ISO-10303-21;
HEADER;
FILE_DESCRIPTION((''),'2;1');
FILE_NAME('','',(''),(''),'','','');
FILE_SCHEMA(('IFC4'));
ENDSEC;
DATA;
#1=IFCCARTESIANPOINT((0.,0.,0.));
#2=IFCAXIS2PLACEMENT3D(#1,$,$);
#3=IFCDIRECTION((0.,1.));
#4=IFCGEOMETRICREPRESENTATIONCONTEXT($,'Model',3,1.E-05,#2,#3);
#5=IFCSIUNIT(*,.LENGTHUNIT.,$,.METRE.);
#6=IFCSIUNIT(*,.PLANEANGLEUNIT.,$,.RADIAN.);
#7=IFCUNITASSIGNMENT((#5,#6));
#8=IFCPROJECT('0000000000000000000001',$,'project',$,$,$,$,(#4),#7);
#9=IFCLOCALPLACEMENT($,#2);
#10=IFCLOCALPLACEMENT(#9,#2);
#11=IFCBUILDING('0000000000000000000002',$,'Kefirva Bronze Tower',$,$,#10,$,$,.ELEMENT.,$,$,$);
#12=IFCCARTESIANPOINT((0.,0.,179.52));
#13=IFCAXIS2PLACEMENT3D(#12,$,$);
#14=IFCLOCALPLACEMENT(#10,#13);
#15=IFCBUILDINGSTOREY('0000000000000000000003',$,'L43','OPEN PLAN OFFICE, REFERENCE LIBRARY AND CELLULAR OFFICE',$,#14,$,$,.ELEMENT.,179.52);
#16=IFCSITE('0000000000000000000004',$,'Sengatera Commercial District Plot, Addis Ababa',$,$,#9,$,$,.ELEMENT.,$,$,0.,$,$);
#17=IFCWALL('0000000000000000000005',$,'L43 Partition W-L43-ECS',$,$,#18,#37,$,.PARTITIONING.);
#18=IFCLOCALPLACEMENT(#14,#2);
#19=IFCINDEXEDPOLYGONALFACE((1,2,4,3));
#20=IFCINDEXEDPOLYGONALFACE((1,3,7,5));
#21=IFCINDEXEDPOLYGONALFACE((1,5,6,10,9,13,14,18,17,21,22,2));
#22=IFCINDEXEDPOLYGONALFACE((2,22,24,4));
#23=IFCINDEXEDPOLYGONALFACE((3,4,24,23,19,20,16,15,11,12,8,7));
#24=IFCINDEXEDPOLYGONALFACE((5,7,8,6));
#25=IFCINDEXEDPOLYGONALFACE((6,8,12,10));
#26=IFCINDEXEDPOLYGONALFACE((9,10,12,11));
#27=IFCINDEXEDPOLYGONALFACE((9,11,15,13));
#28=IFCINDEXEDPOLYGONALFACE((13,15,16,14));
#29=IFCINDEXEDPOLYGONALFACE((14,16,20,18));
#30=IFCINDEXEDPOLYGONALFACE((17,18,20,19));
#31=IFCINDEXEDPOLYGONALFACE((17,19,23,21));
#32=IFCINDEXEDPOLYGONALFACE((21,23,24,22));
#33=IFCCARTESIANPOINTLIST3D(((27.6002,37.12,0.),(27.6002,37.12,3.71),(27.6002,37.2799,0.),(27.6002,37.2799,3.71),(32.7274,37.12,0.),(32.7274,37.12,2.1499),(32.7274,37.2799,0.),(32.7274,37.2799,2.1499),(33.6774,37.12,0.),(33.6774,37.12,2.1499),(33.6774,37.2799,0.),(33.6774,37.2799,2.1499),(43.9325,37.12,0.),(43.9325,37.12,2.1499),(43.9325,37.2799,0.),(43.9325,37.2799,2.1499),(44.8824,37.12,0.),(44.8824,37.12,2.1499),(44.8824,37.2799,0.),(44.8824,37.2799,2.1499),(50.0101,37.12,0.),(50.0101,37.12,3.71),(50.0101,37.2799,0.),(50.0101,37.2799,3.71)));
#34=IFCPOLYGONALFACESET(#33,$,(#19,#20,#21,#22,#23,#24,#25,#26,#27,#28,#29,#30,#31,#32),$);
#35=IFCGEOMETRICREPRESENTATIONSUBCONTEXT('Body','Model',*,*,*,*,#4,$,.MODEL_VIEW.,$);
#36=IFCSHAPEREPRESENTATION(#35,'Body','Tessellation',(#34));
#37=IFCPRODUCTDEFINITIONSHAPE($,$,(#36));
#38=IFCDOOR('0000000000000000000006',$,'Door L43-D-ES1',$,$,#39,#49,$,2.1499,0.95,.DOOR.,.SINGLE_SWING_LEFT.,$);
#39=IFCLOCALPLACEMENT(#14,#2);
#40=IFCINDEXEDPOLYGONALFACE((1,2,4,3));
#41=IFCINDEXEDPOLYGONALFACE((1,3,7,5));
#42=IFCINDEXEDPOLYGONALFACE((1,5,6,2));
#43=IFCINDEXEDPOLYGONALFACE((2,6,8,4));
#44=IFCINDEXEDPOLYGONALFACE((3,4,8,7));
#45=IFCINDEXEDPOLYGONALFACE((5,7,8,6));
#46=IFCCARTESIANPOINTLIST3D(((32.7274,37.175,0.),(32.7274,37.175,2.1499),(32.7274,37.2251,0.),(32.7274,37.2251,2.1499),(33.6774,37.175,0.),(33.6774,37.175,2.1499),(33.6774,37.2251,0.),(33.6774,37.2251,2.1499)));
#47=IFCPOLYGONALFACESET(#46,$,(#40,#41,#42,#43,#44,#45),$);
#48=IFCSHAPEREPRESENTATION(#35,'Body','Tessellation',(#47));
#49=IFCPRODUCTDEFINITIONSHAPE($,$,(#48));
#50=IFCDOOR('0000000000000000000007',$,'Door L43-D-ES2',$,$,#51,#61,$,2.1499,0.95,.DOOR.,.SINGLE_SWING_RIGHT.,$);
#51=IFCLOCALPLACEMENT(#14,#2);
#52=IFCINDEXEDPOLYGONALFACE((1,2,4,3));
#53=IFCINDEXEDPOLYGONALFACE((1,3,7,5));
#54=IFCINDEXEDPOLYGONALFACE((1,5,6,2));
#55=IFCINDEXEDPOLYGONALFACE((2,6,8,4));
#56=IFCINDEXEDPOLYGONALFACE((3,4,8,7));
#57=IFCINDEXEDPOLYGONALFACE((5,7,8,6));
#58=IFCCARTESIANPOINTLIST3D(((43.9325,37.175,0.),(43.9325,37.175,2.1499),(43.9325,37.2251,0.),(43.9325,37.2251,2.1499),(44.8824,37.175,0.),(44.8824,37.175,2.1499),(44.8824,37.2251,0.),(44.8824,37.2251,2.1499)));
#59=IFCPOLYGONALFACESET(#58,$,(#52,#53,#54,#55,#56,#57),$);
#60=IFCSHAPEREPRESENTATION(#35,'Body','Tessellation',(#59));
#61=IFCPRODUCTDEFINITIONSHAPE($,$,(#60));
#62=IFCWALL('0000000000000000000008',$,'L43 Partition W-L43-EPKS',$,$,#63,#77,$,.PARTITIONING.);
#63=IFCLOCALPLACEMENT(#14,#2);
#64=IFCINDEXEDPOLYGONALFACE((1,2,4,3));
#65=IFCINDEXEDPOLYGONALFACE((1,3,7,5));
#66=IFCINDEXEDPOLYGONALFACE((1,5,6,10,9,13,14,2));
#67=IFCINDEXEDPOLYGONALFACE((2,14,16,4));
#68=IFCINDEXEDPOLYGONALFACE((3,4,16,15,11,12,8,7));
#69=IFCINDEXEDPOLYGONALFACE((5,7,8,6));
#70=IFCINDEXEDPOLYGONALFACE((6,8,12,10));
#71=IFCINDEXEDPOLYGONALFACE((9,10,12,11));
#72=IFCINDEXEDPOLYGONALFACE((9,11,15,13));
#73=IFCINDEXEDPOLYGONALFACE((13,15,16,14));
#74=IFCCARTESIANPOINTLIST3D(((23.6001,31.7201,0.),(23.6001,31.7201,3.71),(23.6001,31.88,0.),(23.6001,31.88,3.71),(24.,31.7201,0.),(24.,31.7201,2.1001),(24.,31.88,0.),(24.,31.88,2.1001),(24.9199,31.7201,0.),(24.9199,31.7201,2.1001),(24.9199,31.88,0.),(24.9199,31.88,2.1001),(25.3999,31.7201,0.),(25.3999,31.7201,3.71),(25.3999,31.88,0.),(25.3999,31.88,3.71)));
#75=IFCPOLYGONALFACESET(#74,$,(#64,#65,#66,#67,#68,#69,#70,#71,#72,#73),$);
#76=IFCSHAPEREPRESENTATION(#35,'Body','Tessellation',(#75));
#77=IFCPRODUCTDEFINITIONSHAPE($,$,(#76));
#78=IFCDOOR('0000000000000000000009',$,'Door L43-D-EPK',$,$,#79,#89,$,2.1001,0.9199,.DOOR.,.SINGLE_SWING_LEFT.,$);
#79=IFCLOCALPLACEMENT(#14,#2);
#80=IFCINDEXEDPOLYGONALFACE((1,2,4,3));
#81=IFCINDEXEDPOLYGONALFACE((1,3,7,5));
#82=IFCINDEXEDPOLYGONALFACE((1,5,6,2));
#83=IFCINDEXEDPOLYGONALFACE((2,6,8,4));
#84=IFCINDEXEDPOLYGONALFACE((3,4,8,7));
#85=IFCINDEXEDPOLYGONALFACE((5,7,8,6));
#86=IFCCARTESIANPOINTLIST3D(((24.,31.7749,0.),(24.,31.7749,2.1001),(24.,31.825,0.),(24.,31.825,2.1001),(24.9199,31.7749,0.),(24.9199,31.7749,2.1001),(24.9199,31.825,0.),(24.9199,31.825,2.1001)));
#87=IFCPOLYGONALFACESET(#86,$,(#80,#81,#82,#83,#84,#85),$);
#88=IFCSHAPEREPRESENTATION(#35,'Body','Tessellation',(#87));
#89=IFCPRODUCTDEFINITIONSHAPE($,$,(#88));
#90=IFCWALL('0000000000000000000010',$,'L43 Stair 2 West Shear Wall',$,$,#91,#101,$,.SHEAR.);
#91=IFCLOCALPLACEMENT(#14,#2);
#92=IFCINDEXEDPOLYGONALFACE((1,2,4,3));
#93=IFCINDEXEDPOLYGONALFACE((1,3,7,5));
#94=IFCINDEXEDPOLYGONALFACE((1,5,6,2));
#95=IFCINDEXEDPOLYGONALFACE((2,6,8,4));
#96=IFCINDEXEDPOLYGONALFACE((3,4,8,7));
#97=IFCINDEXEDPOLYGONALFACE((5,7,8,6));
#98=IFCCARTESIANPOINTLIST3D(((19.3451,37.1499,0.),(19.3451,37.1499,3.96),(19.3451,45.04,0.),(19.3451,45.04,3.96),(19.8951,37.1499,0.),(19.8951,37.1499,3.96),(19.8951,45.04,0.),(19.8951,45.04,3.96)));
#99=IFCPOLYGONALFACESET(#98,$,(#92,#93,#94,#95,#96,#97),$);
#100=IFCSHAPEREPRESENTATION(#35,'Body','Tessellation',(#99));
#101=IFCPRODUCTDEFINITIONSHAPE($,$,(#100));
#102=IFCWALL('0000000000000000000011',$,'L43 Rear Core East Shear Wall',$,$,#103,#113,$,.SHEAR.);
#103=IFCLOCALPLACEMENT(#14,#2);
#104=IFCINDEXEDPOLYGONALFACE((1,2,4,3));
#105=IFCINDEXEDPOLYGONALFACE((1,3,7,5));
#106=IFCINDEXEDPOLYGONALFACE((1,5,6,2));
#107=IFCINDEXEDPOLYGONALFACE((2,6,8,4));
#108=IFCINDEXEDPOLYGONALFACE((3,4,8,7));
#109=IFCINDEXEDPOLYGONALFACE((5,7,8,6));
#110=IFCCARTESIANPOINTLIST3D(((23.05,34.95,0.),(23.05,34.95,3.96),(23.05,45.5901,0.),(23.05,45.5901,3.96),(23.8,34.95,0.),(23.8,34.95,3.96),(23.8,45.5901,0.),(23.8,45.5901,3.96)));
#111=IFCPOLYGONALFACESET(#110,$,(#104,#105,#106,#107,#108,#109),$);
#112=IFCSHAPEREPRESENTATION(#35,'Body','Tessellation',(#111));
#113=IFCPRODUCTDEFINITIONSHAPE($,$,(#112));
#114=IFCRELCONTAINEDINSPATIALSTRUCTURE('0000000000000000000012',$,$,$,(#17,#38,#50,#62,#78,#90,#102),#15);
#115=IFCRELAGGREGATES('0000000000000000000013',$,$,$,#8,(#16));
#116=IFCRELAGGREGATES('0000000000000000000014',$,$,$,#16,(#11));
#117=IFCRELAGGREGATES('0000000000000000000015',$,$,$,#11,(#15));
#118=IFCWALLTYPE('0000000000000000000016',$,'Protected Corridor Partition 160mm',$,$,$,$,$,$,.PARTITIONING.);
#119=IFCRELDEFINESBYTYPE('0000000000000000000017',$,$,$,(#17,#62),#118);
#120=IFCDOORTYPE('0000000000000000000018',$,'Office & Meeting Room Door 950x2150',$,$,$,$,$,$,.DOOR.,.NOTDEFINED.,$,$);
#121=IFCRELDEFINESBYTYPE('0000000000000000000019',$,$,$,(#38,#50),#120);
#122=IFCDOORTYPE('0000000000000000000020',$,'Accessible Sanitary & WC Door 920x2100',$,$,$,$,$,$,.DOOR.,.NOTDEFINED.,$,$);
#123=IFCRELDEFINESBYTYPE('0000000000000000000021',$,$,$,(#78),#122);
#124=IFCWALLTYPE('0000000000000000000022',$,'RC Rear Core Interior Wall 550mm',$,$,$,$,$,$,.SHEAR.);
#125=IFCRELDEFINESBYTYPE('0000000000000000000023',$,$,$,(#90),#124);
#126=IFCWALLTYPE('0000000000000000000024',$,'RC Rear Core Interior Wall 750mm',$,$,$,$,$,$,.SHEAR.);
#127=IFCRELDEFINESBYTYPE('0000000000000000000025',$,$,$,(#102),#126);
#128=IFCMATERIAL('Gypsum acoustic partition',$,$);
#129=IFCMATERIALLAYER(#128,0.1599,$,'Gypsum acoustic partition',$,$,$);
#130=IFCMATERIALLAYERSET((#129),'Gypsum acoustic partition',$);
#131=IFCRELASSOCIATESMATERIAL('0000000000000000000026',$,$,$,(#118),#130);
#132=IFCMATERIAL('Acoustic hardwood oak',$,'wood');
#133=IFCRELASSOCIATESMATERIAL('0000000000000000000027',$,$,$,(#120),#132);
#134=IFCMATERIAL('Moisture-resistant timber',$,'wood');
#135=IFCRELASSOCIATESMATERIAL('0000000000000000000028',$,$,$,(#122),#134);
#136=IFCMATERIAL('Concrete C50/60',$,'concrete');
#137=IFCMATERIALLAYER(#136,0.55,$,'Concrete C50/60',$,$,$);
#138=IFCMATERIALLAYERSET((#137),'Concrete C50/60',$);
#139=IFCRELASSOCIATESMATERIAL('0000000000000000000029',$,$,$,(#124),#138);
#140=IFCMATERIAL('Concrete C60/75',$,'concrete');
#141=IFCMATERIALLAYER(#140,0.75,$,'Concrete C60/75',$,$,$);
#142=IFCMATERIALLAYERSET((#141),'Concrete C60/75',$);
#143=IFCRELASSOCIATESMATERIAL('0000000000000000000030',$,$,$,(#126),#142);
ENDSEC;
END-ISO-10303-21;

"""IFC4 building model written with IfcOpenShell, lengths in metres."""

from ifc_helpers import new_model, si_unit, direction, frame, frame_2d, origin, place, context, subcontext, project, spatial, rectangle, extrude, material, layer, layer_set, type_object, element, fill, save


model = new_model("IFC4")

# Units and contexts
model_context = context("Model", 3, precision=1e-05, world=origin(), true_north=direction((0.0, 1.0)))
body_context = subcontext(model_context, "Body", "Model", "MODEL_VIEW")
ifc_project = project(units=[si_unit("LENGTHUNIT", "METRE"), si_unit("PLANEANGLEUNIT", "RADIAN")], contexts=[model_context])

# Site, building, storey
site_placement = place(None, origin())
site = spatial("IfcSite", under=ifc_project, at=site_placement, Name="Sengatera Commercial District Plot, Addis Ababa", CompositionType="ELEMENT", RefElevation=0.0)
building_placement = place(site_placement, origin())
building = spatial("IfcBuilding", under=site, at=building_placement, Name="Kefirva Bronze Tower", CompositionType="ELEMENT")
storey_placement = place(building_placement, frame((0.0, 0.0, 179.52)))
storey = spatial("IfcBuildingStorey", under=building, at=storey_placement, Name="L43", Description="OPEN PLAN OFFICE, REFERENCE LIBRARY AND CELLULAR OFFICE", CompositionType="ELEMENT", Elevation=179.52)

# Shared definitions
ifc_material_1 = material(Name="Concrete C60/75", Category="concrete")

# Shared definitions
ifc_material_2 = material(Name="Gypsum acoustic partition")
ifc_layer_1 = layer(ifc_material_2, 0.1599, Name="Gypsum acoustic partition")
ifc_layer_set_1 = layer_set([ifc_layer_1], Name="Gypsum acoustic partition")
wall_type_1 = type_object("IfcWallType", Name="Protected Corridor Partition 160mm", PredefinedType="PARTITIONING", material=ifc_layer_set_1)

# Wall, openings, doors
wall_1_placement = place(storey_placement, frame((27.6001, 37.2, 0.0), z_axis=(0.0, 0.0, 1.0), x_axis=(1.0, 0.0, 0.0)))
wall_1 = element("IfcWall", 1, at=wall_1_placement, inside=storey, type_object=wall_type_1, Name="L43 Partition W-L43-ECS", PredefinedType="PARTITIONING", context=body_context, shape_type="SweptSolid", body=[
    extrude(rectangle(XDim=22.4099, YDim=0.1599, at=frame_2d((11.2051, 0.0))), origin(), (0.0, 0.0, 1.0), 3.71),
])
opening_1_placement = place(wall_1_placement, frame((6.0774, 0.0, 0.0), z_axis=(0.0, 0.0, 1.0), x_axis=(-1.0, 0.0, 0.0)))
opening_1 = element("IfcOpeningElement", 2, at=opening_1_placement, cuts=wall_1, PredefinedType="OPENING", context=body_context, shape_type="SweptSolid", body=[
    extrude(rectangle(XDim=0.95, YDim=2.1499, at=frame_2d((0.4751, 1.075))), frame((0.0, 0.0898, 0.0), z_axis=(0.0, -1.0, 0.0), x_axis=(1.0, 0.0, 0.0)), (0.0, 0.0, 1.0), 0.1799),
])
opening_2_placement = place(wall_1_placement, frame((17.2825, 0.0, 0.0), z_axis=(0.0, 0.0, 1.0), x_axis=(-1.0, 0.0, 0.0)))
opening_2 = element("IfcOpeningElement", 3, at=opening_2_placement, cuts=wall_1, PredefinedType="OPENING", context=body_context, shape_type="SweptSolid", body=[
    extrude(rectangle(XDim=0.95, YDim=2.1499, at=frame_2d((0.4751, 1.075))), frame((0.0, 0.0898, 0.0), z_axis=(0.0, -1.0, 0.0), x_axis=(1.0, 0.0, 0.0)), (0.0, 0.0, 1.0), 0.1799),
])
ifc_material_3 = material(Name="Acoustic hardwood oak", Category="wood")
door_type_1 = type_object("IfcDoorType", Name="Office & Meeting Room Door 950x2150", OperationType="NOTDEFINED", PredefinedType="DOOR", material=ifc_material_3)
door_1_placement = place(opening_1_placement, origin())
door_1 = element("IfcDoor", 4, at=door_1_placement, inside=storey, type_object=door_type_1, Name="Door L43-D-ES1", OperationType="SINGLE_SWING_LEFT", OverallHeight=2.1499, OverallWidth=0.95, PredefinedType="DOOR", context=body_context, shape_type="SweptSolid", body=[
    extrude(rectangle(XDim=0.95, YDim=2.1499, at=frame_2d((0.4751, 1.075))), frame((0.0, 0.0249, 0.0), z_axis=(0.0, -1.0, 0.0), x_axis=(1.0, 0.0, 0.0)), (0.0, 0.0, 1.0), 0.05),
])
fill(opening_1, door_1)
door_2_placement = place(opening_2_placement, origin())
door_2 = element("IfcDoor", 5, at=door_2_placement, inside=storey, type_object=door_type_1, Name="Door L43-D-ES2", OperationType="SINGLE_SWING_RIGHT", OverallHeight=2.1499, OverallWidth=0.95, PredefinedType="DOOR", context=body_context, shape_type="SweptSolid", body=[
    extrude(rectangle(XDim=0.95, YDim=2.1499, at=frame_2d((0.4751, 1.075))), frame((0.0, 0.0249, 0.0), z_axis=(0.0, -1.0, 0.0), x_axis=(1.0, 0.0, 0.0)), (0.0, 0.0, 1.0), 0.05),
])
fill(opening_2, door_2)

# Wall, opening, door
wall_2_placement = place(storey_placement, frame((23.6001, 31.8, 0.0), z_axis=(0.0, 0.0, 1.0), x_axis=(1.0, 0.0, 0.0)))
wall_2 = element("IfcWall", 6, at=wall_2_placement, inside=storey, type_object=wall_type_1, Name="L43 Partition W-L43-EPKS", PredefinedType="PARTITIONING", context=body_context, shape_type="SweptSolid", body=[
    extrude(rectangle(XDim=1.7998, YDim=0.1599, at=frame_2d((0.8999, 0.0))), origin(), (0.0, 0.0, 1.0), 3.71),
])
opening_3_placement = place(wall_2_placement, frame((0.3999, 0.0, 0.0)))
opening_3 = element("IfcOpeningElement", 7, at=opening_3_placement, cuts=wall_2, PredefinedType="OPENING", context=body_context, shape_type="SweptSolid", body=[
    extrude(rectangle(XDim=0.9199, YDim=2.1001, at=frame_2d((0.46, 1.05))), frame((0.0, 0.0898, 0.0), z_axis=(0.0, -1.0, 0.0), x_axis=(1.0, 0.0, 0.0)), (0.0, 0.0, 1.0), 0.1799),
])
ifc_material_4 = material(Name="Moisture-resistant timber", Category="wood")
door_type_2 = type_object("IfcDoorType", Name="Accessible Sanitary & WC Door 920x2100", OperationType="NOTDEFINED", PredefinedType="DOOR", material=ifc_material_4)
door_3_placement = place(opening_3_placement, origin())
door_3 = element("IfcDoor", 8, at=door_3_placement, inside=storey, type_object=door_type_2, Name="Door L43-D-EPK", OperationType="SINGLE_SWING_LEFT", OverallHeight=2.1001, OverallWidth=0.9199, PredefinedType="DOOR", context=body_context, shape_type="SweptSolid", body=[
    extrude(rectangle(XDim=0.9199, YDim=2.1001, at=frame_2d((0.46, 1.05))), frame((0.0, 0.0249, 0.0), z_axis=(0.0, -1.0, 0.0), x_axis=(1.0, 0.0, 0.0)), (0.0, 0.0, 1.0), 0.05),
])
fill(opening_3, door_3)

# Walls
ifc_material_5 = material(Name="Concrete C50/60", Category="concrete")
ifc_layer_2 = layer(ifc_material_5, 0.55, Name="Concrete C50/60")
ifc_layer_set_2 = layer_set([ifc_layer_2], Name="Concrete C50/60")
wall_type_2 = type_object("IfcWallType", Name="RC Rear Core Interior Wall 550mm", PredefinedType="SHEAR", material=ifc_layer_set_2)
wall_3_placement = place(storey_placement, frame((19.6201, 37.1499, 0.0), z_axis=(0.0, 0.0, 1.0), x_axis=(0.0, 1.0, 0.0)))
element("IfcWall", 9, at=wall_3_placement, inside=storey, type_object=wall_type_2, Name="L43 Stair 2 West Shear Wall", PredefinedType="SHEAR", context=body_context, shape_type="SweptSolid", body=[
    extrude(rectangle(XDim=7.8901, YDim=0.55, at=frame_2d((3.9451, 0.0))), origin(), (0.0, 0.0, 1.0), 3.96),
])
ifc_layer_3 = layer(ifc_material_1, 0.75, Name="Concrete C60/75")
ifc_layer_set_3 = layer_set([ifc_layer_3], Name="Concrete C60/75")
wall_type_3 = type_object("IfcWallType", Name="RC Rear Core Interior Wall 750mm", PredefinedType="SHEAR", material=ifc_layer_set_3)
wall_4_placement = place(storey_placement, frame((23.425, 34.95, 0.0), z_axis=(0.0, 0.0, 1.0), x_axis=(0.0, 1.0, 0.0)))
element("IfcWall", 10, at=wall_4_placement, inside=storey, type_object=wall_type_3, Name="L43 Rear Core East Shear Wall", PredefinedType="SHEAR", context=body_context, shape_type="SweptSolid", body=[
    extrude(rectangle(XDim=10.6401, YDim=0.75, at=frame_2d((5.3201, 0.0))), origin(), (0.0, 0.0, 1.0), 3.96),
])

save(model, "model.ifc")
